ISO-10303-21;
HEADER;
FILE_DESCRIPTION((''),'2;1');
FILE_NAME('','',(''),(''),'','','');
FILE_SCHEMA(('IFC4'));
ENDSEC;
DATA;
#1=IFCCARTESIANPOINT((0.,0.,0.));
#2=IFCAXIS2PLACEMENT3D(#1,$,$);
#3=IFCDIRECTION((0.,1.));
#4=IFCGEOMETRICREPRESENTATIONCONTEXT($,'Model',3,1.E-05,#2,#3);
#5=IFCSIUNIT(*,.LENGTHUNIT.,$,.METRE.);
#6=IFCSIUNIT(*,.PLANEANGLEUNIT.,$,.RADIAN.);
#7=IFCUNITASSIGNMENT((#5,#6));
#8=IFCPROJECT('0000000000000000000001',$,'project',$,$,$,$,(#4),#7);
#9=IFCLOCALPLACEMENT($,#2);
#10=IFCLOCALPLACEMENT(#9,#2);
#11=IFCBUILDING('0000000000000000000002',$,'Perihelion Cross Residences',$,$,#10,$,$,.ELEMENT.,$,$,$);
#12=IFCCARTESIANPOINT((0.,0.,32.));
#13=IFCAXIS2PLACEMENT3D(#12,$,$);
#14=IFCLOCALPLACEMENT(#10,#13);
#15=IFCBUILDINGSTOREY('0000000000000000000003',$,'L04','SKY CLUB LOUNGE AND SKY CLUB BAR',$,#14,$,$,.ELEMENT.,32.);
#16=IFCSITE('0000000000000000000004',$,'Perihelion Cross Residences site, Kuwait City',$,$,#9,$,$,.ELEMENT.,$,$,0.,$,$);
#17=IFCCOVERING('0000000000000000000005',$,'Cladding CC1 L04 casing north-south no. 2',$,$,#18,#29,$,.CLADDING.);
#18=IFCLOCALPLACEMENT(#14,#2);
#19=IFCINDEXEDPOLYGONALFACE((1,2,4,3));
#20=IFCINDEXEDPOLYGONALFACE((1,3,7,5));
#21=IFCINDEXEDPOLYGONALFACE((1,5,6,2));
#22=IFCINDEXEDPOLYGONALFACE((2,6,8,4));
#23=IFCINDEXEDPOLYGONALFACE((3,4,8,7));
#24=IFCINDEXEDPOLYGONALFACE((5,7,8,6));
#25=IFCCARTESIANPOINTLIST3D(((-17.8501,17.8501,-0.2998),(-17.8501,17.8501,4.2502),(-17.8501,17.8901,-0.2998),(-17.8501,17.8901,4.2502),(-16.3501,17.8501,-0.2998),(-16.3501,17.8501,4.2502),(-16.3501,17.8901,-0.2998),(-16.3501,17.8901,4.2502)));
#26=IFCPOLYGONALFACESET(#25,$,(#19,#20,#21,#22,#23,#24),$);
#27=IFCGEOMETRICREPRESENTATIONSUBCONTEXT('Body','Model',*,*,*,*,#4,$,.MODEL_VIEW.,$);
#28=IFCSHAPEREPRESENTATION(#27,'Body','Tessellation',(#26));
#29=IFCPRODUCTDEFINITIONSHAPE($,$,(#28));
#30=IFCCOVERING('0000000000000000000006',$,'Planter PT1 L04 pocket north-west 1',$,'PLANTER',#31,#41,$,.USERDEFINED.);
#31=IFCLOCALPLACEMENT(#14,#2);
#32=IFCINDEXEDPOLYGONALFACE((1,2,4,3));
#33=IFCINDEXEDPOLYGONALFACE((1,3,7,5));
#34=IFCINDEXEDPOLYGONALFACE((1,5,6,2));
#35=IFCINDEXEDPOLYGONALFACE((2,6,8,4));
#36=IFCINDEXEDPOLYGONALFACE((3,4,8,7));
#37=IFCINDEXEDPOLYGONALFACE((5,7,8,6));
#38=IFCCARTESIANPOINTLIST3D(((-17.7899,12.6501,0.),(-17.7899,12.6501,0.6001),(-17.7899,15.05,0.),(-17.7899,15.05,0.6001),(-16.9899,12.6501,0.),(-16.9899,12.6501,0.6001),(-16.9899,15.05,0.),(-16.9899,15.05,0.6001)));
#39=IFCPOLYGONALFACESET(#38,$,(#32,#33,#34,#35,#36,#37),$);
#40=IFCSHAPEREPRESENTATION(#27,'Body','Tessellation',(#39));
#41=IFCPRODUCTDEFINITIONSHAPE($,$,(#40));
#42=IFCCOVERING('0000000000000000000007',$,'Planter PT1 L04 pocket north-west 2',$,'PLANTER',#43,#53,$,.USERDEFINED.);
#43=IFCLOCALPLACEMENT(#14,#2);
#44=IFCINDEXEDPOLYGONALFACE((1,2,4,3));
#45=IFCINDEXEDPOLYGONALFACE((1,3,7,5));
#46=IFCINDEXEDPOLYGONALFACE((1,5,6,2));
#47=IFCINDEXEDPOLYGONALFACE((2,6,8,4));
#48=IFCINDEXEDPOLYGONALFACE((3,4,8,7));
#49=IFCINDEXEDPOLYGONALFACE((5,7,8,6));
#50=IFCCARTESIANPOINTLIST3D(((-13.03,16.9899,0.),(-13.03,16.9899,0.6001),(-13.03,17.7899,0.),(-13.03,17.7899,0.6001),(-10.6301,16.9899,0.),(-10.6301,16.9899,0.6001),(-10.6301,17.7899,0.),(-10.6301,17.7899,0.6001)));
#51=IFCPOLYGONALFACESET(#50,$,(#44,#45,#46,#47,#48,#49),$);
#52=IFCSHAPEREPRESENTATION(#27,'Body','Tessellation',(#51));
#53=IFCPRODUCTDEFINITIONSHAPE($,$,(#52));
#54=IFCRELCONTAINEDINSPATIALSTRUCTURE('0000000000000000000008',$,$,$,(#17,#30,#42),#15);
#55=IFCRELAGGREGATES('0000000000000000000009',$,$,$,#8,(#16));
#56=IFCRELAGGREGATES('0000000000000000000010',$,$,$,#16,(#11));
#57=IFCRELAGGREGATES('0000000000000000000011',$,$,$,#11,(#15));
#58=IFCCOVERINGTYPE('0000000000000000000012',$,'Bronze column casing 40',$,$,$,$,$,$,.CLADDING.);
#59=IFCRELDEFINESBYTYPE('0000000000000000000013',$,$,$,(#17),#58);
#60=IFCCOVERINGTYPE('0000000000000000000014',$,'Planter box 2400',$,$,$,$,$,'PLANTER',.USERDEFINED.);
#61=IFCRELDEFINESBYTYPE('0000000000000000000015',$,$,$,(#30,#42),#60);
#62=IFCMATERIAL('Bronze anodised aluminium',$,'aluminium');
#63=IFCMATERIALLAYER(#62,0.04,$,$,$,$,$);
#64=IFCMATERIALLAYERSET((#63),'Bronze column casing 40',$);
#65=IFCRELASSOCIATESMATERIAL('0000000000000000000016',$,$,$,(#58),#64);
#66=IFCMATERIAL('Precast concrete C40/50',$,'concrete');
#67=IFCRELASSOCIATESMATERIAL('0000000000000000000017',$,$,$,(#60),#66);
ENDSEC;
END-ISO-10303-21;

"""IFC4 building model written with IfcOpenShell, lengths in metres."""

from ifc_helpers import new_model, si_unit, direction, frame, origin, origin_2d, place, context, subcontext, project, spatial, rectangle, extrude, material, layer, layer_set, type_object, element, save


model = new_model("IFC4")

# Units and contexts
model_context = context("Model", 3, precision=1e-05, world=origin(), true_north=direction((0.0, 1.0)))
body_context = subcontext(model_context, "Body", "Model", "MODEL_VIEW")
ifc_project = project(units=[si_unit("LENGTHUNIT", "METRE"), si_unit("PLANEANGLEUNIT", "RADIAN")], contexts=[model_context])

# Site, building, storey
site_placement = place(None, origin())
site = spatial("IfcSite", under=ifc_project, at=site_placement, Name="Perihelion Cross Residences site, Kuwait City", CompositionType="ELEMENT", RefElevation=0.0)
building_placement = place(site_placement, origin())
building = spatial("IfcBuilding", under=site, at=building_placement, Name="Perihelion Cross Residences", CompositionType="ELEMENT")
storey_placement = place(building_placement, frame((0.0, 0.0, 32.0)))
storey = spatial("IfcBuildingStorey", under=building, at=storey_placement, Name="L04", Description="SKY CLUB LOUNGE AND SKY CLUB BAR", CompositionType="ELEMENT", Elevation=32.0)

# Coverings
ifc_material_1 = material(Name="Bronze anodised aluminium", Category="aluminium")
ifc_layer_1 = layer(ifc_material_1, 0.04)
ifc_layer_set_1 = layer_set([ifc_layer_1], Name="Bronze column casing 40")
covering_type_1 = type_object("IfcCoveringType", Name="Bronze column casing 40", PredefinedType="CLADDING", material=ifc_layer_set_1)
covering_1_placement = place(storey_placement, frame((-17.1001, 17.8701, -0.2998), z_axis=(0.0, 0.0, 1.0), x_axis=(1.0, 0.0, 0.0)))
element("IfcCovering", 1, at=covering_1_placement, inside=storey, type_object=covering_type_1, Name="Cladding CC1 L04 casing north-south no. 2", PredefinedType="CLADDING", context=body_context, shape_type="SweptSolid", body=[
    extrude(rectangle(XDim=1.5, YDim=0.04, at=origin_2d()), origin(), (0.0, 0.0, 1.0), 4.55),
])
ifc_material_2 = material(Name="Precast concrete C40/50", Category="concrete")
covering_type_2 = type_object("IfcCoveringType", Name="Planter box 2400", ElementType="PLANTER", PredefinedType="USERDEFINED", material=ifc_material_2)
for number, where, z_axis, x_axis, name in (
    (2, (-17.3899, 13.8501, 0.0), (0.0, 0.0, 1.0), (0.0, 1.0, 0.0), "Planter PT1 L04 pocket north-west 1"),
    (3, (-11.8301, 17.3899, 0.0), (0.0, 0.0, 1.0), (1.0, 0.0, 0.0), "Planter PT1 L04 pocket north-west 2"),
):
    element("IfcCovering", number, at=place(storey_placement, frame(where, z_axis=z_axis, x_axis=x_axis)), inside=storey, type_object=covering_type_2, Name=name, ObjectType="PLANTER", PredefinedType="USERDEFINED", context=body_context, shape_type="SweptSolid", body=[
        extrude(rectangle(XDim=2.3999, YDim=0.8, at=origin_2d()), origin(), (0.0, 0.0, 1.0), 0.6001),
    ])

save(model, "model.ifc")
